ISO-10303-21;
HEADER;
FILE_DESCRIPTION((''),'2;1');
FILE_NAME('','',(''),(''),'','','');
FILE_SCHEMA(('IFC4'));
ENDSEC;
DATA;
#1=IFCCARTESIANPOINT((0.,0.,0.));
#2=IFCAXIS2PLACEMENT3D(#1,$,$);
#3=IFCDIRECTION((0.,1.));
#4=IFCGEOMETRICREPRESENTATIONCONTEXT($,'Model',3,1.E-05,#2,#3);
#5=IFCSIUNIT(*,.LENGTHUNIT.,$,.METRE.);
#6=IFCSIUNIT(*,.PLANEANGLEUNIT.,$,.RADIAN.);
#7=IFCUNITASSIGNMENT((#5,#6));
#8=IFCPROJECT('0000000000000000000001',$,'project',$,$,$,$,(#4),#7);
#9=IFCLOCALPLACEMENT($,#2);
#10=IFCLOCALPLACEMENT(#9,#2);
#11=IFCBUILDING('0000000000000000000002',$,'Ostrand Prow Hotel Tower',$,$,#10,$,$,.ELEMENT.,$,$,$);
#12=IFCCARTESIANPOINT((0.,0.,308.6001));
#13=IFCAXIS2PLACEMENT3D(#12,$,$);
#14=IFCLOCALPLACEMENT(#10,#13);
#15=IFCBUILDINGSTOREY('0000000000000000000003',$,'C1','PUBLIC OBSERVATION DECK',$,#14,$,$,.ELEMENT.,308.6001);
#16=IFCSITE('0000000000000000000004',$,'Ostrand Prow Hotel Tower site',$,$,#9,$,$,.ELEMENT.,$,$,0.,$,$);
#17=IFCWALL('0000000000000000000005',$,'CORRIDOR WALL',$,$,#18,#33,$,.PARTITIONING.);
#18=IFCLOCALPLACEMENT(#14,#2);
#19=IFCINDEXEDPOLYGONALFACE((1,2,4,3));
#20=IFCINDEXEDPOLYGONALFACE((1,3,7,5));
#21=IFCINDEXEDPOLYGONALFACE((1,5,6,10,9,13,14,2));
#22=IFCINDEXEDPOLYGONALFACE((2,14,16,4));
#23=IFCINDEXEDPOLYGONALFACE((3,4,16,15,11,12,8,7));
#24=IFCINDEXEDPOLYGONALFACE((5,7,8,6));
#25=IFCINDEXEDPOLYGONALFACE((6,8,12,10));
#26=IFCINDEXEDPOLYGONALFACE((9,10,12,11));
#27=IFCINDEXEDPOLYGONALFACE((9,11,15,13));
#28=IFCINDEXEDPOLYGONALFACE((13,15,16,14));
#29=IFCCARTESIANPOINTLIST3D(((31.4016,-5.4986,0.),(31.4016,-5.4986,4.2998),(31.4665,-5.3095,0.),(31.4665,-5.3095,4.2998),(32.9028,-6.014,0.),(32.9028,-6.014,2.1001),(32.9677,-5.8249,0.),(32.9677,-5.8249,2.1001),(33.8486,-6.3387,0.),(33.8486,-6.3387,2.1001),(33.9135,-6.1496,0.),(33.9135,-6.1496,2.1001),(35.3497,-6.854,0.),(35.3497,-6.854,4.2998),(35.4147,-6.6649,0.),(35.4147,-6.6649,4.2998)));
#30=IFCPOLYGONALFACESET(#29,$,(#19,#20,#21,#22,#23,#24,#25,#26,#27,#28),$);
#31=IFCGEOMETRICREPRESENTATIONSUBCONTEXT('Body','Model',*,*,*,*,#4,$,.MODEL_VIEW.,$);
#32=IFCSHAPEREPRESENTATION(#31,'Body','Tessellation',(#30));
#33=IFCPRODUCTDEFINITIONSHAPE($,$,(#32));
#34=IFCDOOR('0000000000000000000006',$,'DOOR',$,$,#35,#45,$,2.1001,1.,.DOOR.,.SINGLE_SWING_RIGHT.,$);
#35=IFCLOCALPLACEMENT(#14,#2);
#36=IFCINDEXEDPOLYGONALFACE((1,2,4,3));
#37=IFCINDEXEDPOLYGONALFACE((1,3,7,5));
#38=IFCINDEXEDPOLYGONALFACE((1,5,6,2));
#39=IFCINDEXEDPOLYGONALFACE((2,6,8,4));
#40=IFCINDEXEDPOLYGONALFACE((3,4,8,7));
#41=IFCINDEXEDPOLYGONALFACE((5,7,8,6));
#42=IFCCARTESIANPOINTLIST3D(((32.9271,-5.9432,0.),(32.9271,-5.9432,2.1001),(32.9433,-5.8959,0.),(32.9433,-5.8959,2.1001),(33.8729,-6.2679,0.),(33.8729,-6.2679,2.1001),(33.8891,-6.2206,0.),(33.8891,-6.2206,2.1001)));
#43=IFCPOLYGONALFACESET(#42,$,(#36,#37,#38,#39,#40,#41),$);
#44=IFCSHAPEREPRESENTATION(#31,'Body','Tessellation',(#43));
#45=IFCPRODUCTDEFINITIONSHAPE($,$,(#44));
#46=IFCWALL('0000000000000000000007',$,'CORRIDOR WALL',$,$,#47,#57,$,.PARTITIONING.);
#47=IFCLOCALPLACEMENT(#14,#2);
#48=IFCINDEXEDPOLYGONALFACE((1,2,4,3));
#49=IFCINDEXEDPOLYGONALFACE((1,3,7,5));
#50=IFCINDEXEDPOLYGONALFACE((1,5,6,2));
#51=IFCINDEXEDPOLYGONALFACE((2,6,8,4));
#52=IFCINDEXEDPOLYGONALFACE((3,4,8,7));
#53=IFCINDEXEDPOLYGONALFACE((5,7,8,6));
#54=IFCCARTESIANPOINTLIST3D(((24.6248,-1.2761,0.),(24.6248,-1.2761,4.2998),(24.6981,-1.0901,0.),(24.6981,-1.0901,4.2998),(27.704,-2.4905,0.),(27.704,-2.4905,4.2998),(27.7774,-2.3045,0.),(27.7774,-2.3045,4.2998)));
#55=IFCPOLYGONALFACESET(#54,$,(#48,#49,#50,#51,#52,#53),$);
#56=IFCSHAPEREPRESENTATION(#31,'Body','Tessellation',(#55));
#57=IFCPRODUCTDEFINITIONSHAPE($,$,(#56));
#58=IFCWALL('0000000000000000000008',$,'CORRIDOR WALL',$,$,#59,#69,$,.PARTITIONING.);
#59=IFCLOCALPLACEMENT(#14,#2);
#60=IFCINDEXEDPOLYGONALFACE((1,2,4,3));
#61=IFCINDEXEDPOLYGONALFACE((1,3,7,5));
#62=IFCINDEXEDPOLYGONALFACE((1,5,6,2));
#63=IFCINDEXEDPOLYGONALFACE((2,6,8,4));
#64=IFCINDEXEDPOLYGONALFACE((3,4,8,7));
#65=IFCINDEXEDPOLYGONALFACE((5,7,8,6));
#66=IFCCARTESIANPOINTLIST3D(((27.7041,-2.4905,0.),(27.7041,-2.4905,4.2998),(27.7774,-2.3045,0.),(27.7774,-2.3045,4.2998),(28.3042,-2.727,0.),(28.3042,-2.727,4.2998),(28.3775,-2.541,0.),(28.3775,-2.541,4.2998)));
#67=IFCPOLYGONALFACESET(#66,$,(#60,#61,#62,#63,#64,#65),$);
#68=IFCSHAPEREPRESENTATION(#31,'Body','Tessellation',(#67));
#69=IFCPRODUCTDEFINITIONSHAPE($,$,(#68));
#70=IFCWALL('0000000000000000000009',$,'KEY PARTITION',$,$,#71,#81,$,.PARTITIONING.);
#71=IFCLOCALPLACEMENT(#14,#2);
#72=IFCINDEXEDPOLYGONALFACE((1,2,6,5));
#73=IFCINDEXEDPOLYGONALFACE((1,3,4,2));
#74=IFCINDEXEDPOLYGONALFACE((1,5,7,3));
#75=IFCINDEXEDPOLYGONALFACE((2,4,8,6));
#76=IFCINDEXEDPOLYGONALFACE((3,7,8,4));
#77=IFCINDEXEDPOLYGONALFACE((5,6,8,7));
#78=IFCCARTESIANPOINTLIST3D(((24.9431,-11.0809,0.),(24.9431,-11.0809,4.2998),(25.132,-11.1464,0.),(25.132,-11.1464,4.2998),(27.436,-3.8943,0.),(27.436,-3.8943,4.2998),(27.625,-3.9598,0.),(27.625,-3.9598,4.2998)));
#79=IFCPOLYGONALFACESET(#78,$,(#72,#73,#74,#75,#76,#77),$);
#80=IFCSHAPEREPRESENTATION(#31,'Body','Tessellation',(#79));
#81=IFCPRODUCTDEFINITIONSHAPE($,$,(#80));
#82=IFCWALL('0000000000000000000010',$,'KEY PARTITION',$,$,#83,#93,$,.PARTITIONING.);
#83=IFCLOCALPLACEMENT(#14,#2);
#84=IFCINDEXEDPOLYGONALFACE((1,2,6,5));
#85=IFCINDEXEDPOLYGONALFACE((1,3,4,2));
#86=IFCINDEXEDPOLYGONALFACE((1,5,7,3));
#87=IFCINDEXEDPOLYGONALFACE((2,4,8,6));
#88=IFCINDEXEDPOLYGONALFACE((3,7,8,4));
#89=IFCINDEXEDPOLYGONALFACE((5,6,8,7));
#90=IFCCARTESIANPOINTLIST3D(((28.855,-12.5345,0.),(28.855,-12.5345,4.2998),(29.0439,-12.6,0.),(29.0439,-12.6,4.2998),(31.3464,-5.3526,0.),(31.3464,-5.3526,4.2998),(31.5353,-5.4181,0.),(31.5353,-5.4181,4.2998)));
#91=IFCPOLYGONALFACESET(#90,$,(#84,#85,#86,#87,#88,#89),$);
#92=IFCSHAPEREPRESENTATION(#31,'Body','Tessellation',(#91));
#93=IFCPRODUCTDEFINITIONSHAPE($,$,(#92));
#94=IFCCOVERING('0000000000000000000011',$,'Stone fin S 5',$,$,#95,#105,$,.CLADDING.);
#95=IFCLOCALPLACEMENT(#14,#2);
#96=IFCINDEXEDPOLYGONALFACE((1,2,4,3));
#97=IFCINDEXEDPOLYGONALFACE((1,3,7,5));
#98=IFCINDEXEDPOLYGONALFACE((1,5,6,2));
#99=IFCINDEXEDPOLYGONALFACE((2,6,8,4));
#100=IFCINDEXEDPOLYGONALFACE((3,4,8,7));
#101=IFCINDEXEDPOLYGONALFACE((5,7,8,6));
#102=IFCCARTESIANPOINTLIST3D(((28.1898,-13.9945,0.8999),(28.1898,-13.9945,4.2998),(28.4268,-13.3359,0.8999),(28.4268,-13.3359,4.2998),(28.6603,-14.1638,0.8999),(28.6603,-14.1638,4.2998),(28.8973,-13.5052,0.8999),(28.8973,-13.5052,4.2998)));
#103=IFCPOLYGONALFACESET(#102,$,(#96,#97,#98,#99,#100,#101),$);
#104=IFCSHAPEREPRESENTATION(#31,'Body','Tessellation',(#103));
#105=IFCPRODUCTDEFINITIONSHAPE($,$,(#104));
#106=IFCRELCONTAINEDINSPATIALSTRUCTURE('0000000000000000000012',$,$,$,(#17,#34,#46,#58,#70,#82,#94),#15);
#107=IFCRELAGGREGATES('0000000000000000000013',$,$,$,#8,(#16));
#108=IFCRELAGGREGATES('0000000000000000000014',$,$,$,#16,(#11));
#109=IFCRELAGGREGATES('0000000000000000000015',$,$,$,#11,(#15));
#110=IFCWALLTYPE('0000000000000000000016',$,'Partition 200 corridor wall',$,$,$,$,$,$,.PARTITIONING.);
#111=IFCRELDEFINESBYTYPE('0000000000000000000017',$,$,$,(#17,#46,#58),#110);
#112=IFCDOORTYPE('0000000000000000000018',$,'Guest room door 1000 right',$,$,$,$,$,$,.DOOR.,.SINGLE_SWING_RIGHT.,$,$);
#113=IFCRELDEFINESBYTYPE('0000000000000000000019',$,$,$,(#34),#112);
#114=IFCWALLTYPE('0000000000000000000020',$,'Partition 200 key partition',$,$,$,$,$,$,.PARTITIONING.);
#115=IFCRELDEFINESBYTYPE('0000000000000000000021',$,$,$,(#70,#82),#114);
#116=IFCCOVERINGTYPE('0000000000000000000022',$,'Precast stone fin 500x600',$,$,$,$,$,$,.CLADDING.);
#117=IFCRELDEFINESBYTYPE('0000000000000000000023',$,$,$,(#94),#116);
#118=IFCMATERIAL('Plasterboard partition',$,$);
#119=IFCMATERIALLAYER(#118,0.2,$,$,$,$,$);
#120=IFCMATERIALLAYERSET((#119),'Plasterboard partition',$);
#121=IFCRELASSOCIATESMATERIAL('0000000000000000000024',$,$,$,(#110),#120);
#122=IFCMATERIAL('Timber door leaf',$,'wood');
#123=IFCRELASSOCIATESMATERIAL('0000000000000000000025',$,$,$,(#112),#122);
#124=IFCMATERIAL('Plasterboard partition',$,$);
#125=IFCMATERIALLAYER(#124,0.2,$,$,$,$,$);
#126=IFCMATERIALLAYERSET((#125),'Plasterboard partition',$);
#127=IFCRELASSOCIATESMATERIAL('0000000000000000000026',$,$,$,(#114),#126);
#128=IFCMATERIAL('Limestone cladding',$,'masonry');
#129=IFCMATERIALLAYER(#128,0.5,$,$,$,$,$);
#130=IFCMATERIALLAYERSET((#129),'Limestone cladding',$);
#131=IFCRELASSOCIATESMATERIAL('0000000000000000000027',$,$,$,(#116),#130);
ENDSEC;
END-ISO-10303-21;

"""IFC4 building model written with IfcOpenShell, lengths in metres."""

from ifc_helpers import new_model, si_unit, direction, frame, frame_2d, origin, place, context, subcontext, project, spatial, rectangle, extrude, material, layer, layer_set, type_object, element, fill, save


model = new_model("IFC4")

# Units and contexts
model_context = context("Model", 3, precision=1e-05, world=origin(), true_north=direction((0.0, 1.0)))
body_context = subcontext(model_context, "Body", "Model", "MODEL_VIEW")
ifc_project = project(units=[si_unit("LENGTHUNIT", "METRE"), si_unit("PLANEANGLEUNIT", "RADIAN")], contexts=[model_context])

# Site, building, storey
site_placement = place(None, origin())
site = spatial("IfcSite", under=ifc_project, at=site_placement, Name="Ostrand Prow Hotel Tower site", CompositionType="ELEMENT", RefElevation=0.0)
building_placement = place(site_placement, origin())
building = spatial("IfcBuilding", under=site, at=building_placement, Name="Ostrand Prow Hotel Tower", CompositionType="ELEMENT")
storey_placement = place(building_placement, frame((0.0, 0.0, 308.6001)))
storey = spatial("IfcBuildingStorey", under=building, at=storey_placement, Name="C1", Description="PUBLIC OBSERVATION DECK", CompositionType="ELEMENT", Elevation=308.6001)

# Wall, opening, door
ifc_material_1 = material(Name="Plasterboard partition")
ifc_layer_1 = layer(ifc_material_1, 0.2)
ifc_layer_set_1 = layer_set([ifc_layer_1], Name="Plasterboard partition")
wall_type_1 = type_object("IfcWallType", Name="Partition 200 corridor wall", PredefinedType="PARTITIONING", material=ifc_layer_set_1)
wall_1_placement = place(storey_placement, frame((31.4341, -5.4041, 0.0), z_axis=(0.0, 0.0, 1.0), x_axis=(0.945815, -0.324707, 0.0)))
wall_1 = element("IfcWall", 1, at=wall_1_placement, inside=storey, type_object=wall_type_1, Name="CORRIDOR WALL", PredefinedType="PARTITIONING", context=body_context, shape_type="SweptSolid", body=[
    extrude(rectangle(XDim=4.1743, YDim=0.2, at=frame_2d((2.0872, 0.0))), origin(), (0.0, 0.0, 1.0), 4.2998),
])
opening_1_placement = place(wall_1_placement, frame((1.5872, 0.0, 0.0)))
opening_1 = element("IfcOpeningElement", 2, at=opening_1_placement, cuts=wall_1, PredefinedType="OPENING", context=body_context, shape_type="SweptSolid", body=[
    extrude(rectangle(XDim=1.0, YDim=2.1001, at=frame_2d((0.5, 1.05))), frame((0.0, 0.1099, 0.0), z_axis=(0.0, -1.0, 0.0), x_axis=(1.0, 0.0, 0.0)), (0.0, 0.0, 1.0), 0.22),
])
ifc_material_2 = material(Name="Timber door leaf", Category="wood")
door_type_1 = type_object("IfcDoorType", Name="Guest room door 1000 right", OperationType="SINGLE_SWING_RIGHT", PredefinedType="DOOR", material=ifc_material_2)
door_1_placement = place(opening_1_placement, origin())
door_1 = element("IfcDoor", 3, at=door_1_placement, inside=storey, type_object=door_type_1, Name="DOOR", OperationType="SINGLE_SWING_RIGHT", OverallHeight=2.1001, OverallWidth=1.0, PredefinedType="DOOR", context=body_context, shape_type="SweptSolid", body=[
    extrude(rectangle(XDim=1.0, YDim=2.1001, at=frame_2d((0.5, 1.05))), frame((0.0, 0.0249, 0.0), z_axis=(0.0, -1.0, 0.0), x_axis=(1.0, 0.0, 0.0)), (0.0, 0.0, 1.0), 0.05),
])
fill(opening_1, door_1)

# Wall
wall_2_placement = place(storey_placement, frame((27.7407, -2.3975, 0.0), z_axis=(0.0, 0.0, 1.0), x_axis=(-0.930276, 0.366859, 0.0)))
element("IfcWall", 4, at=wall_2_placement, inside=storey, type_object=wall_type_1, Name="CORRIDOR WALL", PredefinedType="PARTITIONING", context=body_context, shape_type="SweptSolid", body=[
    extrude(rectangle(XDim=3.3101, YDim=0.2, at=frame_2d((1.655, 0.0))), origin(), (0.0, 0.0, 1.0), 4.2998),
])

# Walls
wall_3_placement = place(storey_placement, frame((28.3408, -2.634, 0.0), z_axis=(0.0, 0.0, 1.0), x_axis=(-0.930318, 0.366753, 0.0)))
element("IfcWall", 5, at=wall_3_placement, inside=storey, type_object=wall_type_1, Name="CORRIDOR WALL", PredefinedType="PARTITIONING", context=body_context, shape_type="SweptSolid", body=[
    extrude(rectangle(XDim=0.645, YDim=0.2, at=frame_2d((0.3225, 0.0))), origin(), (0.0, 0.0, 1.0), 4.2998),
])
ifc_material_3 = material(Name="Plasterboard partition")
ifc_layer_2 = layer(ifc_material_3, 0.2)
ifc_layer_set_2 = layer_set([ifc_layer_2], Name="Plasterboard partition")
wall_type_2 = type_object("IfcWallType", Name="Partition 200 key partition", PredefinedType="PARTITIONING", material=ifc_layer_set_2)
wall_4_placement = place(storey_placement, frame((25.0376, -11.1135, 0.0), z_axis=(0.0, 0.0, 1.0), x_axis=(0.32773, 0.944771, 0.0)))
element("IfcWall", 6, at=wall_4_placement, inside=storey, type_object=wall_type_2, Name="KEY PARTITION", PredefinedType="PARTITIONING", context=body_context, shape_type="SweptSolid", body=[
    extrude(rectangle(XDim=7.6067, YDim=0.2, at=frame_2d((3.8032, 0.0))), origin(), (0.0, 0.0, 1.0), 4.2998),
])
wall_5_placement = place(storey_placement, frame((28.9495, -12.5671, 0.0), z_axis=(0.0, 0.0, 1.0), x_axis=(0.327747, 0.944766, 0.0)))
element("IfcWall", 7, at=wall_5_placement, inside=storey, type_object=wall_type_2, Name="KEY PARTITION", PredefinedType="PARTITIONING", context=body_context, shape_type="SweptSolid", body=[
    extrude(rectangle(XDim=7.6018, YDim=0.2, at=frame_2d((3.8008, 0.0))), origin(), (0.0, 0.0, 1.0), 4.2998),
])

# Covering
ifc_material_4 = material(Name="Limestone cladding", Category="masonry")
ifc_layer_3 = layer(ifc_material_4, 0.5)
ifc_layer_set_3 = layer_set([ifc_layer_3], Name="Limestone cladding")
covering_type = type_object("IfcCoveringType", Name="Precast stone fin 500x600", PredefinedType="CLADDING", material=ifc_layer_set_3)
covering_placement = place(storey_placement, frame((28.6621, -13.4204, 0.8999), z_axis=(0.0, 0.0, 1.0), x_axis=(-0.338633, -0.940919, 0.0)))
element("IfcCovering", 8, at=covering_placement, inside=storey, type_object=covering_type, Name="Stone fin S 5", PredefinedType="CLADDING", context=body_context, shape_type="SweptSolid", body=[
    extrude(rectangle(XDim=0.7, YDim=0.5, at=frame_2d((0.3501, 0.0))), origin(), (0.0, 0.0, 1.0), 3.3999),
])

save(model, "model.ifc")
